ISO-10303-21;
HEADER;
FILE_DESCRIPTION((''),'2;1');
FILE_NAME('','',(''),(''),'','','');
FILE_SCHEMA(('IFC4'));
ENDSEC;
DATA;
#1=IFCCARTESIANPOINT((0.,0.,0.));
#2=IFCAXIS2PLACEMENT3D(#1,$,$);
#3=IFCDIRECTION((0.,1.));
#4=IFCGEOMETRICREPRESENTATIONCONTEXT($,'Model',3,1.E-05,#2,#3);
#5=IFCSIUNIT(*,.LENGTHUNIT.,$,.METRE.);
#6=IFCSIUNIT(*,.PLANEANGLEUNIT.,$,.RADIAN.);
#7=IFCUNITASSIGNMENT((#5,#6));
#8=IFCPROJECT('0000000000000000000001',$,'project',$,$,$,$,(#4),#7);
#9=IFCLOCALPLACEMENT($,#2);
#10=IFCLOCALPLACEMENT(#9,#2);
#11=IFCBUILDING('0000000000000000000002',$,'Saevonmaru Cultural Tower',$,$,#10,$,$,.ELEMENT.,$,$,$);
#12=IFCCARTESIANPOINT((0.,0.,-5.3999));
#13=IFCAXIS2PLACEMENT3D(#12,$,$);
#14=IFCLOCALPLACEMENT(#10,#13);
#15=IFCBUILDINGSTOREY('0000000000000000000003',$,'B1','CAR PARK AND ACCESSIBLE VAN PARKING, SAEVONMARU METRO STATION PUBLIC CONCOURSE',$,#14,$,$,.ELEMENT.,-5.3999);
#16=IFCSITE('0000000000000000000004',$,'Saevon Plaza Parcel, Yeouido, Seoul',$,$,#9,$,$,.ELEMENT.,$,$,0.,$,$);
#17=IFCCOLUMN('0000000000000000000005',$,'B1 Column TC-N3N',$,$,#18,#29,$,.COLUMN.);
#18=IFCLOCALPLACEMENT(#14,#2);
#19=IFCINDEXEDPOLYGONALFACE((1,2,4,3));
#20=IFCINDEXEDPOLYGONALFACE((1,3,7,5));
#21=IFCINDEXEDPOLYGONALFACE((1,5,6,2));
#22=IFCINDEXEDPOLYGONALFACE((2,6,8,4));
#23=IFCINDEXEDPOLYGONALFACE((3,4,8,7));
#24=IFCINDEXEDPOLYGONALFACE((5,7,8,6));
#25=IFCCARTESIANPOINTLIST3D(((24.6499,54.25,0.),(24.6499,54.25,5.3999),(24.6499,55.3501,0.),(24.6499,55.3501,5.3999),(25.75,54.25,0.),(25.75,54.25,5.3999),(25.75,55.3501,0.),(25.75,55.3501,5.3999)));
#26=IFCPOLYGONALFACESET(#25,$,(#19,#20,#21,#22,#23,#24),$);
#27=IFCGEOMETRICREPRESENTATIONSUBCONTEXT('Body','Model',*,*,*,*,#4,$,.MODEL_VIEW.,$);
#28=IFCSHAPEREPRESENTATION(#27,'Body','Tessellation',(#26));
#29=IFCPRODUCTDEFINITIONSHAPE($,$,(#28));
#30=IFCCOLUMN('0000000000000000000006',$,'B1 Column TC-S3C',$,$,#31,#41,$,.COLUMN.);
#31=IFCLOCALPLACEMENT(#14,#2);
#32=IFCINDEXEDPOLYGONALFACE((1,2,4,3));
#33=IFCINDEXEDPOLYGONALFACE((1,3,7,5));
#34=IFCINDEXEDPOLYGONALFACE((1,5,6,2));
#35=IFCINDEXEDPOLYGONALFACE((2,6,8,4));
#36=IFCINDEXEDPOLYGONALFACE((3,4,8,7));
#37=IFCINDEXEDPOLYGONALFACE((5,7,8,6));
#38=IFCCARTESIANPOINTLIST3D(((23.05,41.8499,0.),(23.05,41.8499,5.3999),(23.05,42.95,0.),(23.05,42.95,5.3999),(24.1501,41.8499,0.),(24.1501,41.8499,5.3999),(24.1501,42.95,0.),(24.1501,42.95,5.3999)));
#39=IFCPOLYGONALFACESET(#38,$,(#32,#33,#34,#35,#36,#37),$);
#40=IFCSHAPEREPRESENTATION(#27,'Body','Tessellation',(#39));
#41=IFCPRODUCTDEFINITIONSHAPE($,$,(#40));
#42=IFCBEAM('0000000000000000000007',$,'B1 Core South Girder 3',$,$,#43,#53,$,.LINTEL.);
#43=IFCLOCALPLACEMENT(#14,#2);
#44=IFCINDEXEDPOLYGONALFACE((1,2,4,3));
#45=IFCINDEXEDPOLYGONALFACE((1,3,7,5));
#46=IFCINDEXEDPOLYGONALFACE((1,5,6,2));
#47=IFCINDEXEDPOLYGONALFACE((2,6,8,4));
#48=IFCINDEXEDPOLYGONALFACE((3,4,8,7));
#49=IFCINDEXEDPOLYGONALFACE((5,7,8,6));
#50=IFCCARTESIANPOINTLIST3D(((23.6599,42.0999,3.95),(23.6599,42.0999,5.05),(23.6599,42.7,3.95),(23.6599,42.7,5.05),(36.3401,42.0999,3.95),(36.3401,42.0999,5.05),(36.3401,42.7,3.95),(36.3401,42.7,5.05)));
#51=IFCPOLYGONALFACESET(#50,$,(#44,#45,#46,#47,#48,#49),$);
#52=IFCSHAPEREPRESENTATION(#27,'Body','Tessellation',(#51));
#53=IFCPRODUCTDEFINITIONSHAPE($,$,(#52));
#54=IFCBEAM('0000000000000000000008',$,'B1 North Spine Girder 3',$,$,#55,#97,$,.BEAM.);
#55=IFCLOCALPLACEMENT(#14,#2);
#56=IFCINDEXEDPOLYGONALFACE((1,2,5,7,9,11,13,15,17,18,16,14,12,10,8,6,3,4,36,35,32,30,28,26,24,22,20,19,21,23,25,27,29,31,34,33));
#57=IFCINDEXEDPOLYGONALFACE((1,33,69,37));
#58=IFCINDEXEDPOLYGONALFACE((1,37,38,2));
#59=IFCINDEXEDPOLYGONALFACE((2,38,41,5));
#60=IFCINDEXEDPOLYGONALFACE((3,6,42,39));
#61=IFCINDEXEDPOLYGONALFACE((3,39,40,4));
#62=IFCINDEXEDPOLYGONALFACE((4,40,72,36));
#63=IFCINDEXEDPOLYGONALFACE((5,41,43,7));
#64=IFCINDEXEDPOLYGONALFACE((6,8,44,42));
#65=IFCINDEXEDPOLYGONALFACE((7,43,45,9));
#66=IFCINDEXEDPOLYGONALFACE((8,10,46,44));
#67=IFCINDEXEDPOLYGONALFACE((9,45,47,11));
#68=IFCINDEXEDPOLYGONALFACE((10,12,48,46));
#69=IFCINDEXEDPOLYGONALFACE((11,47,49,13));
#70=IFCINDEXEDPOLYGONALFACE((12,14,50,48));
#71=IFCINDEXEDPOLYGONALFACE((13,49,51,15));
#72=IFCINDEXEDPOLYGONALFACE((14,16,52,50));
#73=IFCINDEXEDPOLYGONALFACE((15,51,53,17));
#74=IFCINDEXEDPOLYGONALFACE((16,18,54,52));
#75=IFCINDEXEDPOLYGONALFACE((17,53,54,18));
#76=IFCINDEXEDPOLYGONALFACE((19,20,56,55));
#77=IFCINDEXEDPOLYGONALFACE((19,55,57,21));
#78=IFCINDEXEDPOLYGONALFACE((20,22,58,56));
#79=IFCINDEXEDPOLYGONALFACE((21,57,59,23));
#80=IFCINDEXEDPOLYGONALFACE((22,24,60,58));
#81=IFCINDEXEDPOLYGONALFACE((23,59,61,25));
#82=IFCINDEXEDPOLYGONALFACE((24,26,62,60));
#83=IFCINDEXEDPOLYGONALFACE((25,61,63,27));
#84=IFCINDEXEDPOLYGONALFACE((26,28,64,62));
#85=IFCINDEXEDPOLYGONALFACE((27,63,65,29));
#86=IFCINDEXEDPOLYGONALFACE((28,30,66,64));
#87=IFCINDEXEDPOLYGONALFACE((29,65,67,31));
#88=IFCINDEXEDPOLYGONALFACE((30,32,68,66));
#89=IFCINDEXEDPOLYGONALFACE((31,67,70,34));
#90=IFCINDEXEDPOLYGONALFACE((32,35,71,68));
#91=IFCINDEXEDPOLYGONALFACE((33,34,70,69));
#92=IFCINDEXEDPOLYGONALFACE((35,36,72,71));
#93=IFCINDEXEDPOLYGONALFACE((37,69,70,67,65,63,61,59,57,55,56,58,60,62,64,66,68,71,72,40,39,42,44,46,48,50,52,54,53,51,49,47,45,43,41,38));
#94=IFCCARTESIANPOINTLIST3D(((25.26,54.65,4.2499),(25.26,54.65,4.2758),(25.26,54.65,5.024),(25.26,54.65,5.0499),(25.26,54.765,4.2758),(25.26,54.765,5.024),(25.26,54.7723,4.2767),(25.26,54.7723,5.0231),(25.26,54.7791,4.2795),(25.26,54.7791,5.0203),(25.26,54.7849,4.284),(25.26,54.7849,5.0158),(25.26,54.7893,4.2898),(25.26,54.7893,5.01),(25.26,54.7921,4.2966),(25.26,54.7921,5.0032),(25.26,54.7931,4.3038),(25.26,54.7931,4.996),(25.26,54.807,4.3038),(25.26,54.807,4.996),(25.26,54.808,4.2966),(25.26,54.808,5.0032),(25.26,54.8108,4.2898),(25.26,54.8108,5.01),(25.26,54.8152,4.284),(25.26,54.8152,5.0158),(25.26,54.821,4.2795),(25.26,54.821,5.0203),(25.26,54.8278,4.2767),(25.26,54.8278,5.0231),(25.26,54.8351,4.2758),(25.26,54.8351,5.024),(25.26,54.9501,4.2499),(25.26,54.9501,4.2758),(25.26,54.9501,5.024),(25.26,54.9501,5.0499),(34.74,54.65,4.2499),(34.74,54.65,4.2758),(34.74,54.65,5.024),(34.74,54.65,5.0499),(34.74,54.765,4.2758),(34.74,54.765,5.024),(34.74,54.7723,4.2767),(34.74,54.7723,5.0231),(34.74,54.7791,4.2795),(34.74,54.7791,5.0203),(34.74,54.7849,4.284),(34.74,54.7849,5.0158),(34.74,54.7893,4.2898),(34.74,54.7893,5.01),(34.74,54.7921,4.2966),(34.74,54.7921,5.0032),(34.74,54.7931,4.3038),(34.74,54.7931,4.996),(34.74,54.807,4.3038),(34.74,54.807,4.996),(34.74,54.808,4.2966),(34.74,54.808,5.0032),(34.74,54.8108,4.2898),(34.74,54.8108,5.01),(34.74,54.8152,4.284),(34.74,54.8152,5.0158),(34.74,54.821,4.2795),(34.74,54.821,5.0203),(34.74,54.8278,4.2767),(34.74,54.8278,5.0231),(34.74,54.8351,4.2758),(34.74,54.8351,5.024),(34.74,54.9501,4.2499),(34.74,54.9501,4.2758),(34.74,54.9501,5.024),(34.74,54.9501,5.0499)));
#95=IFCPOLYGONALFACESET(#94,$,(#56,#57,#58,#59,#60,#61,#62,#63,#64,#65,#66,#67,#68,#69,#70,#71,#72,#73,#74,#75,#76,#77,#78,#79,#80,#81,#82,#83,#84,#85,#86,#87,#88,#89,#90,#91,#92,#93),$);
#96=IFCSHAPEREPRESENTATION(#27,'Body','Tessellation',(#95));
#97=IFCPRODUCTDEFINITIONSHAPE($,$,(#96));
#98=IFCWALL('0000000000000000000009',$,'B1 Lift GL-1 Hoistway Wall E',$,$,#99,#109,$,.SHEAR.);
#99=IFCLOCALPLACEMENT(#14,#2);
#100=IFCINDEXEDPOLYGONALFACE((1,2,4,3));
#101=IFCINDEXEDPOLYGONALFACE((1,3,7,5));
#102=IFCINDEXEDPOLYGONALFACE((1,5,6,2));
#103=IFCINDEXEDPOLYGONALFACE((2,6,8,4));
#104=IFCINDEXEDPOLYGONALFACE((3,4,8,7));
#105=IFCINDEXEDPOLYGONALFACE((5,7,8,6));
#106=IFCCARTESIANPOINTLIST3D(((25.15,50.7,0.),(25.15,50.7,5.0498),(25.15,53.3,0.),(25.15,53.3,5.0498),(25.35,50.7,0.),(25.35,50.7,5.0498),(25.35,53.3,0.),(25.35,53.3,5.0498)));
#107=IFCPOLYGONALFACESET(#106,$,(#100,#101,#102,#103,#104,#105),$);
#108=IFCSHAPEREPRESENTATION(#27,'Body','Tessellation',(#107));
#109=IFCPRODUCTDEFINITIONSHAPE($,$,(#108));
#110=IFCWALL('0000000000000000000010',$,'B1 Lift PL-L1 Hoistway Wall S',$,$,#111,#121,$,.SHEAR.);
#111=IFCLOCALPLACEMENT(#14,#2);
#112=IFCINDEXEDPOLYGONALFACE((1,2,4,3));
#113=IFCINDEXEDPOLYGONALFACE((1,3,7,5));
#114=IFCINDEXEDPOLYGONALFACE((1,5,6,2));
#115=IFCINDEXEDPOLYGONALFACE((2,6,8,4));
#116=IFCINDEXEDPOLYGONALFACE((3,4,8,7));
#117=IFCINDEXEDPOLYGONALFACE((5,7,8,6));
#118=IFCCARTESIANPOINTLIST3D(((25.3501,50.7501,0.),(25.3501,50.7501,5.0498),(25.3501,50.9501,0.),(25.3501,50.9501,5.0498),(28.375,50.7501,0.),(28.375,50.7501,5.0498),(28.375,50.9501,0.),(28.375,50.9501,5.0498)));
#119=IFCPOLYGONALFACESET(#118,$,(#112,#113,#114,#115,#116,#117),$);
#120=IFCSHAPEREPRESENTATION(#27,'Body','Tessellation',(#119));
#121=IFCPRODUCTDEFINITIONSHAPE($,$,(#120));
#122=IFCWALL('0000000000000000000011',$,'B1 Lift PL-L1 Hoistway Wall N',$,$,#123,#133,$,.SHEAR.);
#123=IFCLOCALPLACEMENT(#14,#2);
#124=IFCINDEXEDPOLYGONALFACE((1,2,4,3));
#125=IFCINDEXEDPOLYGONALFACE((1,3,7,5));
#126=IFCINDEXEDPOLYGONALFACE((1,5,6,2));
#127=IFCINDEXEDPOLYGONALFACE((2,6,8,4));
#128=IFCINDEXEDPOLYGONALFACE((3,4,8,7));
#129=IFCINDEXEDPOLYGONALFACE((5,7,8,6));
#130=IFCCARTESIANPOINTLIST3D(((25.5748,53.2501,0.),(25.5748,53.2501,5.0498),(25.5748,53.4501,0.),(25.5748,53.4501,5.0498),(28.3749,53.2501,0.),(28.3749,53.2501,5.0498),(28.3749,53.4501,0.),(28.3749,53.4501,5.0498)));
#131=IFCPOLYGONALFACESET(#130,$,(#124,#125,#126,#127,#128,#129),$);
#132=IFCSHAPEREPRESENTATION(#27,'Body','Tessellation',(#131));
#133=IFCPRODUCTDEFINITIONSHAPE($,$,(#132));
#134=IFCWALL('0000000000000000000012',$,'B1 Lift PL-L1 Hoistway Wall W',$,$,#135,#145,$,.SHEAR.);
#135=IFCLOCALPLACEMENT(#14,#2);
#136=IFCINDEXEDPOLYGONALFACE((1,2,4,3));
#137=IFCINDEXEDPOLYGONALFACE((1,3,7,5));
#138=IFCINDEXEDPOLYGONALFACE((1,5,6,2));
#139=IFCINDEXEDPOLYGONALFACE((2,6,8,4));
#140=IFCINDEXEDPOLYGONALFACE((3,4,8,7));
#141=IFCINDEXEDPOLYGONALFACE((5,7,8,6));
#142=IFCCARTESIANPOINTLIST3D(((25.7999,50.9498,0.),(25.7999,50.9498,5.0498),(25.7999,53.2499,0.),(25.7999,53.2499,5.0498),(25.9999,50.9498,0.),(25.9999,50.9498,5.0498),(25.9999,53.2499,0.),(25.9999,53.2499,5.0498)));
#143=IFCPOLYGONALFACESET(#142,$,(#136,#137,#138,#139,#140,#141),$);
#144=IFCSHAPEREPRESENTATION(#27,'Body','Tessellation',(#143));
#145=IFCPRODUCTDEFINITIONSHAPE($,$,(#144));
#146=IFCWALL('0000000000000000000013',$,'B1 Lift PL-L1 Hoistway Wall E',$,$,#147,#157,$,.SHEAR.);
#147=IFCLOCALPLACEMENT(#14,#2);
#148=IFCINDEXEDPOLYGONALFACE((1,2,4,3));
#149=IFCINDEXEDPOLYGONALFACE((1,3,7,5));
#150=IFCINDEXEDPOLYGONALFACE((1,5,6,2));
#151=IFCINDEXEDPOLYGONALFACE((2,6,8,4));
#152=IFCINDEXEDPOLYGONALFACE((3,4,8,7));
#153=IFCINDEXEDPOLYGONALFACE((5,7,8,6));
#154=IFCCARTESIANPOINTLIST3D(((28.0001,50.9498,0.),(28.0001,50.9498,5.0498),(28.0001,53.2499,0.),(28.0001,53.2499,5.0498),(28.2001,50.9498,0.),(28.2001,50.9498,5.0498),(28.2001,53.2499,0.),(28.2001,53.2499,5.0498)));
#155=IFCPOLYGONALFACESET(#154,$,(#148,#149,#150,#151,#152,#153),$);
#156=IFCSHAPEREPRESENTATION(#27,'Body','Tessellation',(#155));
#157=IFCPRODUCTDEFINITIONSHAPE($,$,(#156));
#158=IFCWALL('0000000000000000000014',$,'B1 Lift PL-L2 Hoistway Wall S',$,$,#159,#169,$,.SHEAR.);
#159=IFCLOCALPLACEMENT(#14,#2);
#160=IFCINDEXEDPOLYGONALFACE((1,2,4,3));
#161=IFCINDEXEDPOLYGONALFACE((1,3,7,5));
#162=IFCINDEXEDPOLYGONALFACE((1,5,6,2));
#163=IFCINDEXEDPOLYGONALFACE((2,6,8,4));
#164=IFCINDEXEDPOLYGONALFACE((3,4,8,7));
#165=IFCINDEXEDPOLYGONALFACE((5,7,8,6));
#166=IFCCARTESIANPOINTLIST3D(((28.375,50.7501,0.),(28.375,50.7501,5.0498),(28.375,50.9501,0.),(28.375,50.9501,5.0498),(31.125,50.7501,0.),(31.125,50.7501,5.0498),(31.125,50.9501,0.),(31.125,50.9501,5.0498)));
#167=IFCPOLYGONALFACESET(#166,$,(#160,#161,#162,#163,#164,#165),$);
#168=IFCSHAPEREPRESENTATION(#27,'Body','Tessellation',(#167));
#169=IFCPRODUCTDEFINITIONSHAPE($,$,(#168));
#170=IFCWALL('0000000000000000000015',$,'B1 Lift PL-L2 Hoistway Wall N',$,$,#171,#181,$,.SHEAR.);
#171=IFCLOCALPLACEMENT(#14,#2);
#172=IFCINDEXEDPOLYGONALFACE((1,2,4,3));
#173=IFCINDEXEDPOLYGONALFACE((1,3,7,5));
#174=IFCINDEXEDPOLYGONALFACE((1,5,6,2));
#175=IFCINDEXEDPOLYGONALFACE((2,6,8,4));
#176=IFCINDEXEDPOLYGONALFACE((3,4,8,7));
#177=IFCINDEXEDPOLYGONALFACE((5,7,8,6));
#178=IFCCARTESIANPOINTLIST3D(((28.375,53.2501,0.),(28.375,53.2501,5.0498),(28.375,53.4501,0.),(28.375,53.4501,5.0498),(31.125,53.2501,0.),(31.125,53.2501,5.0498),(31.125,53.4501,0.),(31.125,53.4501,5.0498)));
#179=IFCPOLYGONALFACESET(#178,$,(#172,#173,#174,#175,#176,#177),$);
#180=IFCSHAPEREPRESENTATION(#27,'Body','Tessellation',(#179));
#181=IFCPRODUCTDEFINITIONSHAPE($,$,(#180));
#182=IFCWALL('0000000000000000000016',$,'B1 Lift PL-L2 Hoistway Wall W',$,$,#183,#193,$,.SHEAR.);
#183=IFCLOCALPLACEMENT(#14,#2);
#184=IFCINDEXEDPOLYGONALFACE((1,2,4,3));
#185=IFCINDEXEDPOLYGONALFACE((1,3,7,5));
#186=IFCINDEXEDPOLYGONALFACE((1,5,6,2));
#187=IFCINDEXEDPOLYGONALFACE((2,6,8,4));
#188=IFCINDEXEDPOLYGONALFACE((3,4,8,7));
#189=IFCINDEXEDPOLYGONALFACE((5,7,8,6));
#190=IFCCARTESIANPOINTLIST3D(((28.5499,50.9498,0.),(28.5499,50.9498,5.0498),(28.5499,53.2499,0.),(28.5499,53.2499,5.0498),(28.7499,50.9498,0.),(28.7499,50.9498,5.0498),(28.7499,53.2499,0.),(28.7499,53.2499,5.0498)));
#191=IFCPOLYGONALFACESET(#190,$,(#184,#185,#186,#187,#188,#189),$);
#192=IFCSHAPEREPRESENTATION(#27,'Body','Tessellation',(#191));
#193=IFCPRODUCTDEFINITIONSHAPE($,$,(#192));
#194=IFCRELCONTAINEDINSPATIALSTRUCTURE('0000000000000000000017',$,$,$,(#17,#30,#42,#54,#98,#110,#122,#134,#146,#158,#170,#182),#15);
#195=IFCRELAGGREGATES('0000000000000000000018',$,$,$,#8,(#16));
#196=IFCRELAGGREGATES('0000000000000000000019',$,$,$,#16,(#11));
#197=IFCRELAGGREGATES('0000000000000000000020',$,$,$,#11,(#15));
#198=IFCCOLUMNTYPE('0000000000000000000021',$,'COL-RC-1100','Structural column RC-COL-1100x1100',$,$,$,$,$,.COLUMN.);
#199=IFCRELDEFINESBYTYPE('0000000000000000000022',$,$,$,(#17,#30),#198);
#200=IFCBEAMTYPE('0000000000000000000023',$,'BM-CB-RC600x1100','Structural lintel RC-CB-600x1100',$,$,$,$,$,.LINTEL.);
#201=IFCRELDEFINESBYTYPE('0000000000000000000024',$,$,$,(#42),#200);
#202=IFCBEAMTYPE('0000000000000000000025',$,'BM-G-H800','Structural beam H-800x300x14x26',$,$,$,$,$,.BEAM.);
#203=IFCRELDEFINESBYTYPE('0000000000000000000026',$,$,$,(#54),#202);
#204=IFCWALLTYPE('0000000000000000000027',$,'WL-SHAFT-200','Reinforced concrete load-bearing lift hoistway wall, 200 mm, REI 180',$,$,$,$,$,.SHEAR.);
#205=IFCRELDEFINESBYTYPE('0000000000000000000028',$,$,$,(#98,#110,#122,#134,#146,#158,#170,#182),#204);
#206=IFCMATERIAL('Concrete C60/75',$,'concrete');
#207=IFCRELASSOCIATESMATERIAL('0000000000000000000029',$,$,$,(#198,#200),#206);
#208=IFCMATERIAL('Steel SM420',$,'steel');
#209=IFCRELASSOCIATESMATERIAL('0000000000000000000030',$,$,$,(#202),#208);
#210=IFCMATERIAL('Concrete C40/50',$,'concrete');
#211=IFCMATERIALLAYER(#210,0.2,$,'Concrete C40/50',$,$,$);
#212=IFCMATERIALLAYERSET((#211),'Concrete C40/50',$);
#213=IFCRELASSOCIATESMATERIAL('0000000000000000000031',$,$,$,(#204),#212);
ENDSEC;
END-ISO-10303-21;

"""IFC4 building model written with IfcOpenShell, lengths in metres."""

from ifc_helpers import new_model, si_unit, direction, frame, frame_2d, origin, origin_2d, place, context, subcontext, project, spatial, rectangle, i_section, extrude, material, layer, layer_set, material_profile, profile_set, type_object, element, save


model = new_model("IFC4")

# Units and contexts
model_context = context("Model", 3, precision=1e-05, world=origin(), true_north=direction((0.0, 1.0)))
body_context = subcontext(model_context, "Body", "Model", "MODEL_VIEW")
ifc_project = project(units=[si_unit("LENGTHUNIT", "METRE"), si_unit("PLANEANGLEUNIT", "RADIAN")], contexts=[model_context])

# Site, building, storey
site_placement = place(None, origin())
site = spatial("IfcSite", under=ifc_project, at=site_placement, Name="Saevon Plaza Parcel, Yeouido, Seoul", CompositionType="ELEMENT", RefElevation=0.0)
building_placement = place(site_placement, origin())
building = spatial("IfcBuilding", under=site, at=building_placement, Name="Saevonmaru Cultural Tower", CompositionType="ELEMENT")
storey_placement = place(building_placement, frame((0.0, 0.0, -5.3999)))
storey = spatial("IfcBuildingStorey", under=building, at=storey_placement, Name="B1", Description="CAR PARK AND ACCESSIBLE VAN PARKING, SAEVONMARU METRO STATION PUBLIC CONCOURSE", CompositionType="ELEMENT", Elevation=-5.3999)

# Columns
ifc_material_1 = material(Name="Concrete C60/75", Category="concrete")
ifc_material_profile_1 = material_profile(ifc_material_1, rectangle(XDim=1.1001, YDim=1.1001, at=origin_2d()), Name="RC-COL-1100x1100")
ifc_profile_set_1 = profile_set([ifc_material_profile_1], Name="Concrete C60/75")
column_type = type_object("IfcColumnType", Name="COL-RC-1100", Description="Structural column RC-COL-1100x1100", PredefinedType="COLUMN", material=ifc_profile_set_1)
for number, where, z_axis, x_axis, name in (
    (1, (25.2, 54.8, 0.0), (0.0, 0.0, 1.0), (1.0, 0.0, 0.0), "B1 Column TC-N3N"),
    (2, (23.6001, 42.3999, 0.0), (0.0, 0.0, 1.0), (1.0, 0.0, 0.0), "B1 Column TC-S3C"),
):
    element("IfcColumn", number, at=place(storey_placement, frame(where, z_axis=z_axis, x_axis=x_axis)), inside=storey, type_object=column_type, Name=name, PredefinedType="COLUMN", context=body_context, shape_type="SweptSolid", body=[
        extrude(rectangle(XDim=1.1001, YDim=1.1001, at=origin_2d()), origin(), (0.0, 0.0, 1.0), 5.3999),
    ])

# Beams
ifc_material_profile_2 = material_profile(ifc_material_1, rectangle(XDim=0.6001, YDim=1.1001, at=origin_2d()), Name="RC-CB-600x1100")
ifc_profile_set_2 = profile_set([ifc_material_profile_2], Name="Concrete C60/75")
beam_type_1 = type_object("IfcBeamType", Name="BM-CB-RC600x1100", Description="Structural lintel RC-CB-600x1100", PredefinedType="LINTEL", material=ifc_profile_set_2)
beam_1_placement = place(storey_placement, frame((23.6599, 42.3999, 4.5), z_axis=(1.0, 0.0, 0.0), x_axis=(0.0, 1.0, 0.0)))
element("IfcBeam", 3, at=beam_1_placement, inside=storey, type_object=beam_type_1, Name="B1 Core South Girder 3", PredefinedType="LINTEL", context=body_context, shape_type="SweptSolid", body=[
    extrude(rectangle(XDim=0.6001, YDim=1.1001, at=origin_2d()), origin(), (0.0, 0.0, 1.0), 12.6802),
])
ifc_material_2 = material(Name="Steel SM420", Category="steel")
ifc_material_profile_3 = material_profile(ifc_material_2, i_section(OverallWidth=0.3, OverallDepth=0.8, WebThickness=0.0139, FlangeThickness=0.0259, FilletRadius=0.0281, at=origin_2d()), Name="H-800x300x14x26")
ifc_profile_set_3 = profile_set([ifc_material_profile_3], Name="Steel SM420")
beam_type_2 = type_object("IfcBeamType", Name="BM-G-H800", Description="Structural beam H-800x300x14x26", PredefinedType="BEAM", material=ifc_profile_set_3)
beam_2_placement = place(storey_placement, frame((25.26, 54.8, 4.6499), z_axis=(1.0, 0.0, 0.0), x_axis=(0.0, 1.0, 0.0)))
element("IfcBeam", 4, at=beam_2_placement, inside=storey, type_object=beam_type_2, Name="B1 North Spine Girder 3", PredefinedType="BEAM", context=body_context, shape_type="SweptSolid", body=[
    extrude(i_section(OverallWidth=0.3, OverallDepth=0.8, WebThickness=0.0139, FlangeThickness=0.0259, FilletRadius=0.0281, at=origin_2d()), origin(), (0.0, 0.0, 1.0), 9.48),
])

# Walls
ifc_material_3 = material(Name="Concrete C40/50", Category="concrete")
ifc_layer = layer(ifc_material_3, 0.2, Name="Concrete C40/50")
ifc_layer_set = layer_set([ifc_layer], Name="Concrete C40/50")
wall_type = type_object("IfcWallType", Name="WL-SHAFT-200", Description="Reinforced concrete load-bearing lift hoistway wall, 200 mm, REI 180", PredefinedType="SHEAR", material=ifc_layer_set)
wall_1_placement = place(storey_placement, frame((25.25, 50.7, 0.0), z_axis=(0.0, 0.0, 1.0), x_axis=(0.0, 1.0, 0.0)))
element("IfcWall", 5, at=wall_1_placement, inside=storey, type_object=wall_type, Name="B1 Lift GL-1 Hoistway Wall E", PredefinedType="SHEAR", context=body_context, shape_type="SweptSolid", body=[
    extrude(rectangle(XDim=2.6001, YDim=0.2, at=frame_2d((1.3, 0.0))), origin(), (0.0, 0.0, 1.0), 5.0498),
])
wall_2_placement = place(storey_placement, frame((25.3501, 50.8501, 0.0), z_axis=(0.0, 0.0, 1.0), x_axis=(1.0, 0.0, 0.0)))
element("IfcWall", 6, at=wall_2_placement, inside=storey, type_object=wall_type, Name="B1 Lift PL-L1 Hoistway Wall S", PredefinedType="SHEAR", context=body_context, shape_type="SweptSolid", body=[
    extrude(rectangle(XDim=3.0249, YDim=0.2, at=frame_2d((1.5125, 0.0))), origin(), (0.0, 0.0, 1.0), 5.0498),
])
wall_3_placement = place(storey_placement, frame((25.575, 53.3501, 0.0), z_axis=(0.0, 0.0, 1.0), x_axis=(1.0, 0.0, 0.0)))
element("IfcWall", 7, at=wall_3_placement, inside=storey, type_object=wall_type, Name="B1 Lift PL-L1 Hoistway Wall N", PredefinedType="SHEAR", context=body_context, shape_type="SweptSolid", body=[
    extrude(rectangle(XDim=2.8, YDim=0.2, at=frame_2d((1.3999, 0.0))), origin(), (0.0, 0.0, 1.0), 5.0498),
])
for number, where, z_axis, x_axis, name in (
    (8, (25.8999, 50.95, 0.0), (0.0, 0.0, 1.0), (0.0, 1.0, 0.0), "B1 Lift PL-L1 Hoistway Wall W"),
    (9, (28.1001, 50.95, 0.0), (0.0, 0.0, 1.0), (0.0, 1.0, 0.0), "B1 Lift PL-L1 Hoistway Wall E"),
):
    element("IfcWall", number, at=place(storey_placement, frame(where, z_axis=z_axis, x_axis=x_axis)), inside=storey, type_object=wall_type, Name=name, PredefinedType="SHEAR", context=body_context, shape_type="SweptSolid", body=[
        extrude(rectangle(XDim=2.3, YDim=0.2, at=frame_2d((1.1499, 0.0))), origin(), (0.0, 0.0, 1.0), 5.0498),
    ])
for number, where, z_axis, x_axis, name in (
    (10, (28.375, 50.8501, 0.0), (0.0, 0.0, 1.0), (1.0, 0.0, 0.0), "B1 Lift PL-L2 Hoistway Wall S"),
    (11, (28.375, 53.3501, 0.0), (0.0, 0.0, 1.0), (1.0, 0.0, 0.0), "B1 Lift PL-L2 Hoistway Wall N"),
):
    element("IfcWall", number, at=place(storey_placement, frame(where, z_axis=z_axis, x_axis=x_axis)), inside=storey, type_object=wall_type, Name=name, PredefinedType="SHEAR", context=body_context, shape_type="SweptSolid", body=[
        extrude(rectangle(XDim=2.75, YDim=0.2, at=frame_2d((1.375, 0.0))), origin(), (0.0, 0.0, 1.0), 5.0498),
    ])
for number, where, z_axis, x_axis, name in (
    (12, (28.6499, 50.95, 0.0), (0.0, 0.0, 1.0), (0.0, 1.0, 0.0), "B1 Lift PL-L2 Hoistway Wall W"),
):
    element("IfcWall", number, at=place(storey_placement, frame(where, z_axis=z_axis, x_axis=x_axis)), inside=storey, type_object=wall_type, Name=name, PredefinedType="SHEAR", context=body_context, shape_type="SweptSolid", body=[
        extrude(rectangle(XDim=2.3, YDim=0.2, at=frame_2d((1.1499, 0.0))), origin(), (0.0, 0.0, 1.0), 5.0498),
    ])

save(model, "model.ifc")
